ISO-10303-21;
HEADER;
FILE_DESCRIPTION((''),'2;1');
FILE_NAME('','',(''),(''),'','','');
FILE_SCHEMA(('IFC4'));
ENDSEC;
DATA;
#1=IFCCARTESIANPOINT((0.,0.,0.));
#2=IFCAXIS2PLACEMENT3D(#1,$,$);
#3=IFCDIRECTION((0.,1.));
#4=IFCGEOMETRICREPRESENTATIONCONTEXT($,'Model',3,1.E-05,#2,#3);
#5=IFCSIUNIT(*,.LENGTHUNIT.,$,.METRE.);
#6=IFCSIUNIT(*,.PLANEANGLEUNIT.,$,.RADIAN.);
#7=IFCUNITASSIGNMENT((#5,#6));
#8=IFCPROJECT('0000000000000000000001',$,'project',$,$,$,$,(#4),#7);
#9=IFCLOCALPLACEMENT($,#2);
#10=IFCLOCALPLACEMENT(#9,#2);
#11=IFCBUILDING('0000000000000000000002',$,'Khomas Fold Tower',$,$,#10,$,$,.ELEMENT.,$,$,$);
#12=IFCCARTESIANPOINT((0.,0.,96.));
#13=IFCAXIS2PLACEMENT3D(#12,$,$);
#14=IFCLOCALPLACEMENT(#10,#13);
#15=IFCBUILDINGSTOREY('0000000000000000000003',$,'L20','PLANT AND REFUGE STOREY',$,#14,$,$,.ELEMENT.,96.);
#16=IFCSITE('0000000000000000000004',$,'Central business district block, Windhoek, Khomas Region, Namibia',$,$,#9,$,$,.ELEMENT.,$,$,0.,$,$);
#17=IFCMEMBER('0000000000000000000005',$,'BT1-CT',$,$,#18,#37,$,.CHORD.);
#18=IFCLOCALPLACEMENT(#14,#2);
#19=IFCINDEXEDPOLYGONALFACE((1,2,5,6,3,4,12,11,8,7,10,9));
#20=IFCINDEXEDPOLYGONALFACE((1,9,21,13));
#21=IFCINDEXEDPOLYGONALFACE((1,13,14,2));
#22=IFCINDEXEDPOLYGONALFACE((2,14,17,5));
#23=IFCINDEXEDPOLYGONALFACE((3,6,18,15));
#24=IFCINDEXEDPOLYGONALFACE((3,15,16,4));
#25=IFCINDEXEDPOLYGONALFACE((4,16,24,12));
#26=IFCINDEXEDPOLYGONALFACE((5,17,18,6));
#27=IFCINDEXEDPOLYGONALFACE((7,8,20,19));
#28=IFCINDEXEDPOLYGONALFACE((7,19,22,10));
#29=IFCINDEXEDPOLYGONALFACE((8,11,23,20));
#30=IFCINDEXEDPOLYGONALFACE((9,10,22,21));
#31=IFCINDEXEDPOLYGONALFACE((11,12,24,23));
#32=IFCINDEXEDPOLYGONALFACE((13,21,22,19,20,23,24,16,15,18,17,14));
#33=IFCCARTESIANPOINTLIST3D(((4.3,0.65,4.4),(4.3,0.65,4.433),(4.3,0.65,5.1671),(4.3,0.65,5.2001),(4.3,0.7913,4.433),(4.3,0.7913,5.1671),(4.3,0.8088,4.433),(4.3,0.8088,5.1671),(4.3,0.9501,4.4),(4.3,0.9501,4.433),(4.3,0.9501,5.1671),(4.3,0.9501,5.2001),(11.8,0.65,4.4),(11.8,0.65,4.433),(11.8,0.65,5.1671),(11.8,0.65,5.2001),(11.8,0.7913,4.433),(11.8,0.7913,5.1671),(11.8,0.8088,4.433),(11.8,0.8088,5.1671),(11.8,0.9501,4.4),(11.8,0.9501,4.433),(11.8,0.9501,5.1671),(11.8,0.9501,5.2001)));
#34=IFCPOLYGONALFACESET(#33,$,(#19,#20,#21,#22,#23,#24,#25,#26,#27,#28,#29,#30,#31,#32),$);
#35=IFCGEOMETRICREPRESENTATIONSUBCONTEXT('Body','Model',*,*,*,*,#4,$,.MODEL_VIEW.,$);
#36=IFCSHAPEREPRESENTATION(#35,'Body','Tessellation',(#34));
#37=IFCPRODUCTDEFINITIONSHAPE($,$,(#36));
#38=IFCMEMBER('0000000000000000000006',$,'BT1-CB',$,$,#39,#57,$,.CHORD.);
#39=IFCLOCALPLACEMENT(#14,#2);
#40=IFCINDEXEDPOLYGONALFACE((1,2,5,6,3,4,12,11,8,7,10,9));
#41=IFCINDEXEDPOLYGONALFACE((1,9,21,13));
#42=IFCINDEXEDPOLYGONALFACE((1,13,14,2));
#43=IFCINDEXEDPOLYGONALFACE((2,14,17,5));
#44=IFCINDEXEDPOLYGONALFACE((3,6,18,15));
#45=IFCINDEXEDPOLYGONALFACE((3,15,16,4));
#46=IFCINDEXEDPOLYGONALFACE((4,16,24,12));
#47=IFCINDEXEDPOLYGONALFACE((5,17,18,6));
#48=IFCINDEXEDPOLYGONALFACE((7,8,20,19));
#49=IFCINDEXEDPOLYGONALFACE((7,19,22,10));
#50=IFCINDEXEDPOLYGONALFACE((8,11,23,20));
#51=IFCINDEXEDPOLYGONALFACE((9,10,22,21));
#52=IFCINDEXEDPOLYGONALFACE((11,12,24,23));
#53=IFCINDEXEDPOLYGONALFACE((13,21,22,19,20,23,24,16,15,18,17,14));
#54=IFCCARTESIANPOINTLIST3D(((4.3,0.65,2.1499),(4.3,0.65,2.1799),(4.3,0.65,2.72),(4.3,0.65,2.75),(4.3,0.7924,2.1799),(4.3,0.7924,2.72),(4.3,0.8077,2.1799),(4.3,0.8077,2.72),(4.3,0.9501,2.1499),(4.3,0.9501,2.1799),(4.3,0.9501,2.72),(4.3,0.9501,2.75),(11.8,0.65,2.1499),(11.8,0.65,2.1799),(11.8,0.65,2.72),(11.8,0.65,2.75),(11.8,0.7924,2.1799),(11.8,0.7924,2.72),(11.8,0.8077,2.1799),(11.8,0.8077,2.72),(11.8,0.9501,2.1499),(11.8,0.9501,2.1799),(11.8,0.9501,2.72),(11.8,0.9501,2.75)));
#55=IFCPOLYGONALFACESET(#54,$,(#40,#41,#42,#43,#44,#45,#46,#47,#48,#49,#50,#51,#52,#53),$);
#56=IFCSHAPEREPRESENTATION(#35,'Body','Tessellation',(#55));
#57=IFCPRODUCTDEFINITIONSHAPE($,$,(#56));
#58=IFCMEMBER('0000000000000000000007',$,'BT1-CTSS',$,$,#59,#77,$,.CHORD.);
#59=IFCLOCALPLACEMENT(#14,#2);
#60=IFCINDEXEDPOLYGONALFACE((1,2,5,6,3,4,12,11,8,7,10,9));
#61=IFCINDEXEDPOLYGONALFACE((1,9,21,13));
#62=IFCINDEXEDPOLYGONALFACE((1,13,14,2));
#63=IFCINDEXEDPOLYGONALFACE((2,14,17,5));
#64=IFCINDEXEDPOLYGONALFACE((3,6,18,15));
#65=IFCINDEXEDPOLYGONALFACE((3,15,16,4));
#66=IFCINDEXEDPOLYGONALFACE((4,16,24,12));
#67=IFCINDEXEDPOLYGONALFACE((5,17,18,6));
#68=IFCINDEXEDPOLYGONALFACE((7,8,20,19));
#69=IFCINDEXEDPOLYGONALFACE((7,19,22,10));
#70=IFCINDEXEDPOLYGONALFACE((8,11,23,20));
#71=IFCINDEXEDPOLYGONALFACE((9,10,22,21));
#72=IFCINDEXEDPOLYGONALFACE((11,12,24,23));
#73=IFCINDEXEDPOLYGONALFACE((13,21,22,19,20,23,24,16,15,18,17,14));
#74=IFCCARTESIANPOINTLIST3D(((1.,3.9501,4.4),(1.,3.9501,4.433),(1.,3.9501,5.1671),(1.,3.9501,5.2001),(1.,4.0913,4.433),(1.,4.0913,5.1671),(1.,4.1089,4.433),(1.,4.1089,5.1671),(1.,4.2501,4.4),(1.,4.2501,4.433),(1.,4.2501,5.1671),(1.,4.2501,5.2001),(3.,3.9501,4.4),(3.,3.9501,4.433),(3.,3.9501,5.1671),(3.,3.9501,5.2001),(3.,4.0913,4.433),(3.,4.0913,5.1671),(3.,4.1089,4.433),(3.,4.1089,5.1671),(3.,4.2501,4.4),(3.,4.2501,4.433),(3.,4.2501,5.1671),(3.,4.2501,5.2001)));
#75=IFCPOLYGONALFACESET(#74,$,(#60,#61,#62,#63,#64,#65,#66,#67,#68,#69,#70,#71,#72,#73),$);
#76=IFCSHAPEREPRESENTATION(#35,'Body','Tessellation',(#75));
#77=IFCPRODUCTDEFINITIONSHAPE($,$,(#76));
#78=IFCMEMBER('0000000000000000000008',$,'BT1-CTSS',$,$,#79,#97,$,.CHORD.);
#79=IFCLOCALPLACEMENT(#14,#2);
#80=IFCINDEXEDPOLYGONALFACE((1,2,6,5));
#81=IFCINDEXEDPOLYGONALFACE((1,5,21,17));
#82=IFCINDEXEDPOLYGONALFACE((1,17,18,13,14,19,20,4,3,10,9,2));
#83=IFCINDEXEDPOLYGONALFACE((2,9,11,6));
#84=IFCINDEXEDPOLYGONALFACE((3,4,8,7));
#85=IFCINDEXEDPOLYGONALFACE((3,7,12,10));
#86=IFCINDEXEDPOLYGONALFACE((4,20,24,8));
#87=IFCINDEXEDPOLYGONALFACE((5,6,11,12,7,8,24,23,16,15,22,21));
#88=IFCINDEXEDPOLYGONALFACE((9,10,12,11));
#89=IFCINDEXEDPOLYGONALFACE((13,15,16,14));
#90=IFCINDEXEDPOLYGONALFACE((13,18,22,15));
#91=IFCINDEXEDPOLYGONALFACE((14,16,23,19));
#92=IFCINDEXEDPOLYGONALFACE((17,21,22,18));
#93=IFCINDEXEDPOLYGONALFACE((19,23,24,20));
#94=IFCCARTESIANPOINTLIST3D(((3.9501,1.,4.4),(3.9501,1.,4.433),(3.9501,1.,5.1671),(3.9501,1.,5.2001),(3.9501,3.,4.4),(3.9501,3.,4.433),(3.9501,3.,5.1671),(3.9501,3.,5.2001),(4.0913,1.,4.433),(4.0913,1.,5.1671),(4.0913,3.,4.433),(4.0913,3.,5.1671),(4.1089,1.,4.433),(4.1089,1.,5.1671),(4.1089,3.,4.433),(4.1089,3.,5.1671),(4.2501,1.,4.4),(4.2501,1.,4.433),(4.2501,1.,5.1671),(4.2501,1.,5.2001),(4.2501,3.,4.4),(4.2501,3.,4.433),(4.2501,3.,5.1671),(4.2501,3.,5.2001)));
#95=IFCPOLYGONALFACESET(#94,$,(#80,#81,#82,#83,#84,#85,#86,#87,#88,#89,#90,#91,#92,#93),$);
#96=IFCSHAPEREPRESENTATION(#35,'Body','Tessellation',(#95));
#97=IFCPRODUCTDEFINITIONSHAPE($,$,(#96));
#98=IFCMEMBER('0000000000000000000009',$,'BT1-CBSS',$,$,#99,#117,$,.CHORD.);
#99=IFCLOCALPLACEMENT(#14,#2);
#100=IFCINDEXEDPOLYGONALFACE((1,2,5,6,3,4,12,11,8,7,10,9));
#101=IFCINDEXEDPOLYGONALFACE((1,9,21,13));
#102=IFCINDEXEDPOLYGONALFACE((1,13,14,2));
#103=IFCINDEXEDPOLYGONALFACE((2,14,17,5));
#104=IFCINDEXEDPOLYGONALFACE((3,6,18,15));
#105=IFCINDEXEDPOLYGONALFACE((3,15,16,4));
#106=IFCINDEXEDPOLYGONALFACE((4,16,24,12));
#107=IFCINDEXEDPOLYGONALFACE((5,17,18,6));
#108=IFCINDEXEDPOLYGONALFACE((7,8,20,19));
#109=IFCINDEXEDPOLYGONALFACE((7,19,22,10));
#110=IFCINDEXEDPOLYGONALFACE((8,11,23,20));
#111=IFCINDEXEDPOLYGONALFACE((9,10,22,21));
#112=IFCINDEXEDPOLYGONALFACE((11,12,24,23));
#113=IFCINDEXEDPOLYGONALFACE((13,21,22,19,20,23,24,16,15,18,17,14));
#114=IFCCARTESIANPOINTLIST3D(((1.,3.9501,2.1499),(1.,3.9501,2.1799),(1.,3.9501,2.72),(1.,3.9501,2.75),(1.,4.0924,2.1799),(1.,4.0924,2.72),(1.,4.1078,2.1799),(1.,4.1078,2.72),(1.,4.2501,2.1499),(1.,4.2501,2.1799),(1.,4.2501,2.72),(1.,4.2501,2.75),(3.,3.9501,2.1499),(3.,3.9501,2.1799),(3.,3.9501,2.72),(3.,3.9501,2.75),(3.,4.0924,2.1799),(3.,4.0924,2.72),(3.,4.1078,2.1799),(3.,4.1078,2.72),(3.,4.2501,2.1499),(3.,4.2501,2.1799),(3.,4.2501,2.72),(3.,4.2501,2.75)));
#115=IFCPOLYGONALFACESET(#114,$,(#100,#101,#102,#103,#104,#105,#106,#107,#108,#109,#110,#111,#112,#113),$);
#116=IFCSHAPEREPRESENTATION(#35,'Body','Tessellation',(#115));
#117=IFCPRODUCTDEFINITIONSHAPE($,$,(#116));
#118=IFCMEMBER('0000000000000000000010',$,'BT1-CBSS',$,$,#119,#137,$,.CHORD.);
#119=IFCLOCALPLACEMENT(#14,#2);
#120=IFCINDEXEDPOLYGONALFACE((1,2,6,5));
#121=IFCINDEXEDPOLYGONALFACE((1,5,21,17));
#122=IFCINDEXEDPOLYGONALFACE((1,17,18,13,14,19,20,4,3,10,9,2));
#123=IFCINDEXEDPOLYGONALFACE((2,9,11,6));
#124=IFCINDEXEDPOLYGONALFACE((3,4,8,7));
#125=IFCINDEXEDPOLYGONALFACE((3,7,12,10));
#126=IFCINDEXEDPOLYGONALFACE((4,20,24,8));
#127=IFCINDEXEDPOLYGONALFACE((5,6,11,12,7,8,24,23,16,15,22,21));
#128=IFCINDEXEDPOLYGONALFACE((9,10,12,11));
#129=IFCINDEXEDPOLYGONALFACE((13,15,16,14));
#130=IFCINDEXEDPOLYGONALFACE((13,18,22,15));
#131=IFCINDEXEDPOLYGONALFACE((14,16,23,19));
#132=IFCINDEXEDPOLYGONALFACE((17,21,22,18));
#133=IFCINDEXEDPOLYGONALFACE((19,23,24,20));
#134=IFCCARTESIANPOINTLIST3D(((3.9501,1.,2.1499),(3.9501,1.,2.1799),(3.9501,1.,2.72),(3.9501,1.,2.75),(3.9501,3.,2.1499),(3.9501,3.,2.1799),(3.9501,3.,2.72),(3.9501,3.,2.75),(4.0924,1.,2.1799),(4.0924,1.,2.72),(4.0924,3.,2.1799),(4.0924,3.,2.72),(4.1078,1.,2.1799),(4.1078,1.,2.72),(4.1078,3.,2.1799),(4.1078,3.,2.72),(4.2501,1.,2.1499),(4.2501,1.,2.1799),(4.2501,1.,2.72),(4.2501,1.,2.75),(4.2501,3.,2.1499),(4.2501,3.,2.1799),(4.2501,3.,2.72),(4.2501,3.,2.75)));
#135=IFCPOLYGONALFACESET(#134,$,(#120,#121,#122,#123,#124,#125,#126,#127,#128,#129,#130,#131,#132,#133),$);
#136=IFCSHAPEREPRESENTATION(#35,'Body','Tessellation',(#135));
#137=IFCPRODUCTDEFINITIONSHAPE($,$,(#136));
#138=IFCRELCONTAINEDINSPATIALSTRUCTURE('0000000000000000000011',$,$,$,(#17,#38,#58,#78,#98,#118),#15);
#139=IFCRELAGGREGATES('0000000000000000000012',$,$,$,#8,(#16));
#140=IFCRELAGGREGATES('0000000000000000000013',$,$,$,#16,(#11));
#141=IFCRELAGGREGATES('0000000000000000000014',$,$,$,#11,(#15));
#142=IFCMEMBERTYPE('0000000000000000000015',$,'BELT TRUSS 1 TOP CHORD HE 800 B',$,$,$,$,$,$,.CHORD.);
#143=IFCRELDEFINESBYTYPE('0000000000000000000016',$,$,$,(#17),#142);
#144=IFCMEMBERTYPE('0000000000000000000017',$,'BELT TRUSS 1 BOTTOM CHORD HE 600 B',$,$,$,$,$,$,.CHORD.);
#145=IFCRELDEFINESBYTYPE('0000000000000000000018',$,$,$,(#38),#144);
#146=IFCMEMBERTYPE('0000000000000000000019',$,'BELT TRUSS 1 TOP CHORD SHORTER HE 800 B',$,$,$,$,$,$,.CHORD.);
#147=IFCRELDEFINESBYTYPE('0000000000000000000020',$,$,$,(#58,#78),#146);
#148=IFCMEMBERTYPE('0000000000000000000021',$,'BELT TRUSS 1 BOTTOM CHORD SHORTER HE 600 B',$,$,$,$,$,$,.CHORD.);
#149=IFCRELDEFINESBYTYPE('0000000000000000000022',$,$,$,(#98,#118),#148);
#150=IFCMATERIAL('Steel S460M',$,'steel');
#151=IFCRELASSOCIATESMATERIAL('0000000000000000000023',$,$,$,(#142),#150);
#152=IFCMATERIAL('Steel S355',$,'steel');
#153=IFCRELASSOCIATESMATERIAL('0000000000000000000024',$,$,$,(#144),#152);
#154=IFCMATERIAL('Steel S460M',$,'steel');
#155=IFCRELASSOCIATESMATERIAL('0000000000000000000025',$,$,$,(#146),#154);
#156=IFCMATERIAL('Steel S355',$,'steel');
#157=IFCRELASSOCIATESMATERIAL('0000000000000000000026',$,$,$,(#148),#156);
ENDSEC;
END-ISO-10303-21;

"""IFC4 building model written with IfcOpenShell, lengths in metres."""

from ifc_helpers import new_model, si_unit, direction, frame, origin, origin_2d, place, context, subcontext, project, spatial, i_section, extrude, source, transform, mapped, material, material_profile, profile_set, type_object, element, save


model = new_model("IFC4")

# Units and contexts
model_context = context("Model", 3, precision=1e-05, world=origin(), true_north=direction((0.0, 1.0)))
body_context = subcontext(model_context, "Body", "Model", "MODEL_VIEW")
ifc_project = project(units=[si_unit("LENGTHUNIT", "METRE"), si_unit("PLANEANGLEUNIT", "RADIAN")], contexts=[model_context])

# Site, building, storey
site_placement = place(None, origin())
site = spatial("IfcSite", under=ifc_project, at=site_placement, Name="Central business district block, Windhoek, Khomas Region, Namibia", CompositionType="ELEMENT", RefElevation=0.0)
building_placement = place(site_placement, origin())
building = spatial("IfcBuilding", under=site, at=building_placement, Name="Khomas Fold Tower", CompositionType="ELEMENT")
storey_placement = place(building_placement, frame((0.0, 0.0, 96.0)))
storey = spatial("IfcBuildingStorey", under=building, at=storey_placement, Name="L20", Description="PLANT AND REFUGE STOREY", CompositionType="ELEMENT", Elevation=96.0)

# Members
ifc_material_1 = material(Name="Steel S460M", Category="steel")
ifc_material_profile_1 = material_profile(ifc_material_1, i_section(OverallWidth=0.3, OverallDepth=0.8, WebThickness=0.0176, FlangeThickness=0.033, at=origin_2d()), Name="HE 800 B")
ifc_profile_set_1 = profile_set([ifc_material_profile_1], Name="Steel S460M")
member_type_1 = type_object("IfcMemberType", Name="BELT TRUSS 1 TOP CHORD HE 800 B", PredefinedType="CHORD", material=ifc_profile_set_1)
shared_shape_1 = source(origin(), body_context, "Body", "SweptSolid", [
    extrude(i_section(OverallWidth=0.3, OverallDepth=0.8, WebThickness=0.0176, FlangeThickness=0.033, at=origin_2d()), origin(), (0.0, 0.0, 1.0), 7.5),
])
member_1_placement = place(storey_placement, frame((4.3, 0.8, 4.8), z_axis=(1.0, 0.0, 0.0), x_axis=(0.0, 1.0, 0.0)))
element("IfcMember", 1, at=member_1_placement, inside=storey, type_object=member_type_1, Name="BT1-CT", PredefinedType="CHORD", context=body_context, shape_type="MappedRepresentation", body=[
    mapped(shared_shape_1, transform((0.0, 0.0, 0.0))),
])
ifc_material_2 = material(Name="Steel S355", Category="steel")
ifc_material_profile_2 = material_profile(ifc_material_2, i_section(OverallWidth=0.3, OverallDepth=0.6001, WebThickness=0.0154, FlangeThickness=0.03, at=origin_2d()), Name="HE 600 B")
ifc_profile_set_2 = profile_set([ifc_material_profile_2], Name="Steel S355")
member_type_2 = type_object("IfcMemberType", Name="BELT TRUSS 1 BOTTOM CHORD HE 600 B", PredefinedType="CHORD", material=ifc_profile_set_2)
shared_shape_2 = source(origin(), body_context, "Body", "SweptSolid", [
    extrude(i_section(OverallWidth=0.3, OverallDepth=0.6001, WebThickness=0.0154, FlangeThickness=0.03, at=origin_2d()), origin(), (0.0, 0.0, 1.0), 7.5),
])
member_2_placement = place(storey_placement, frame((4.3, 0.8, 2.45), z_axis=(1.0, 0.0, 0.0), x_axis=(0.0, 1.0, 0.0)))
element("IfcMember", 2, at=member_2_placement, inside=storey, type_object=member_type_2, Name="BT1-CB", PredefinedType="CHORD", context=body_context, shape_type="MappedRepresentation", body=[
    mapped(shared_shape_2, transform((0.0, 0.0, 0.0))),
])
ifc_material_3 = material(Name="Steel S460M", Category="steel")
ifc_material_profile_3 = material_profile(ifc_material_3, i_section(OverallWidth=0.3, OverallDepth=0.8, WebThickness=0.0176, FlangeThickness=0.033, at=origin_2d()), Name="HE 800 B")
ifc_profile_set_3 = profile_set([ifc_material_profile_3], Name="Steel S460M")
member_type_3 = type_object("IfcMemberType", Name="BELT TRUSS 1 TOP CHORD SHORTER HE 800 B", PredefinedType="CHORD", material=ifc_profile_set_3)
shared_shape_3 = source(origin(), body_context, "Body", "SweptSolid", [
    extrude(i_section(OverallWidth=0.3, OverallDepth=0.8, WebThickness=0.0176, FlangeThickness=0.033, at=origin_2d()), origin(), (0.0, 0.0, 1.0), 2.0),
])
for number, where, z_axis, x_axis, name in (
    (3, (1.0, 4.1001, 4.8), (1.0, 0.0, 0.0), (0.0, 1.0, 0.0), "BT1-CTSS"),
    (4, (4.1001, 1.0, 4.8), (0.0, 1.0, 0.0), (-1.0, 0.0, 0.0), "BT1-CTSS"),
):
    element("IfcMember", number, at=place(storey_placement, frame(where, z_axis=z_axis, x_axis=x_axis)), inside=storey, type_object=member_type_3, Name=name, PredefinedType="CHORD", context=body_context, shape_type="MappedRepresentation", body=[
        mapped(shared_shape_3, transform((0.0, 0.0, 0.0))),
    ])
ifc_material_4 = material(Name="Steel S355", Category="steel")
ifc_material_profile_4 = material_profile(ifc_material_4, i_section(OverallWidth=0.3, OverallDepth=0.6001, WebThickness=0.0154, FlangeThickness=0.03, at=origin_2d()), Name="HE 600 B")
ifc_profile_set_4 = profile_set([ifc_material_profile_4], Name="Steel S355")
member_type_4 = type_object("IfcMemberType", Name="BELT TRUSS 1 BOTTOM CHORD SHORTER HE 600 B", PredefinedType="CHORD", material=ifc_profile_set_4)
shared_shape_4 = source(origin(), body_context, "Body", "SweptSolid", [
    extrude(i_section(OverallWidth=0.3, OverallDepth=0.6001, WebThickness=0.0154, FlangeThickness=0.03, at=origin_2d()), origin(), (0.0, 0.0, 1.0), 2.0),
])
for number, where, z_axis, x_axis, name in (
    (5, (1.0, 4.1001, 2.45), (1.0, 0.0, 0.0), (0.0, 1.0, 0.0), "BT1-CBSS"),
    (6, (4.1001, 1.0, 2.45), (0.0, 1.0, 0.0), (-1.0, 0.0, 0.0), "BT1-CBSS"),
):
    element("IfcMember", number, at=place(storey_placement, frame(where, z_axis=z_axis, x_axis=x_axis)), inside=storey, type_object=member_type_4, Name=name, PredefinedType="CHORD", context=body_context, shape_type="MappedRepresentation", body=[
        mapped(shared_shape_4, transform((0.0, 0.0, 0.0))),
    ])

save(model, "model.ifc")
